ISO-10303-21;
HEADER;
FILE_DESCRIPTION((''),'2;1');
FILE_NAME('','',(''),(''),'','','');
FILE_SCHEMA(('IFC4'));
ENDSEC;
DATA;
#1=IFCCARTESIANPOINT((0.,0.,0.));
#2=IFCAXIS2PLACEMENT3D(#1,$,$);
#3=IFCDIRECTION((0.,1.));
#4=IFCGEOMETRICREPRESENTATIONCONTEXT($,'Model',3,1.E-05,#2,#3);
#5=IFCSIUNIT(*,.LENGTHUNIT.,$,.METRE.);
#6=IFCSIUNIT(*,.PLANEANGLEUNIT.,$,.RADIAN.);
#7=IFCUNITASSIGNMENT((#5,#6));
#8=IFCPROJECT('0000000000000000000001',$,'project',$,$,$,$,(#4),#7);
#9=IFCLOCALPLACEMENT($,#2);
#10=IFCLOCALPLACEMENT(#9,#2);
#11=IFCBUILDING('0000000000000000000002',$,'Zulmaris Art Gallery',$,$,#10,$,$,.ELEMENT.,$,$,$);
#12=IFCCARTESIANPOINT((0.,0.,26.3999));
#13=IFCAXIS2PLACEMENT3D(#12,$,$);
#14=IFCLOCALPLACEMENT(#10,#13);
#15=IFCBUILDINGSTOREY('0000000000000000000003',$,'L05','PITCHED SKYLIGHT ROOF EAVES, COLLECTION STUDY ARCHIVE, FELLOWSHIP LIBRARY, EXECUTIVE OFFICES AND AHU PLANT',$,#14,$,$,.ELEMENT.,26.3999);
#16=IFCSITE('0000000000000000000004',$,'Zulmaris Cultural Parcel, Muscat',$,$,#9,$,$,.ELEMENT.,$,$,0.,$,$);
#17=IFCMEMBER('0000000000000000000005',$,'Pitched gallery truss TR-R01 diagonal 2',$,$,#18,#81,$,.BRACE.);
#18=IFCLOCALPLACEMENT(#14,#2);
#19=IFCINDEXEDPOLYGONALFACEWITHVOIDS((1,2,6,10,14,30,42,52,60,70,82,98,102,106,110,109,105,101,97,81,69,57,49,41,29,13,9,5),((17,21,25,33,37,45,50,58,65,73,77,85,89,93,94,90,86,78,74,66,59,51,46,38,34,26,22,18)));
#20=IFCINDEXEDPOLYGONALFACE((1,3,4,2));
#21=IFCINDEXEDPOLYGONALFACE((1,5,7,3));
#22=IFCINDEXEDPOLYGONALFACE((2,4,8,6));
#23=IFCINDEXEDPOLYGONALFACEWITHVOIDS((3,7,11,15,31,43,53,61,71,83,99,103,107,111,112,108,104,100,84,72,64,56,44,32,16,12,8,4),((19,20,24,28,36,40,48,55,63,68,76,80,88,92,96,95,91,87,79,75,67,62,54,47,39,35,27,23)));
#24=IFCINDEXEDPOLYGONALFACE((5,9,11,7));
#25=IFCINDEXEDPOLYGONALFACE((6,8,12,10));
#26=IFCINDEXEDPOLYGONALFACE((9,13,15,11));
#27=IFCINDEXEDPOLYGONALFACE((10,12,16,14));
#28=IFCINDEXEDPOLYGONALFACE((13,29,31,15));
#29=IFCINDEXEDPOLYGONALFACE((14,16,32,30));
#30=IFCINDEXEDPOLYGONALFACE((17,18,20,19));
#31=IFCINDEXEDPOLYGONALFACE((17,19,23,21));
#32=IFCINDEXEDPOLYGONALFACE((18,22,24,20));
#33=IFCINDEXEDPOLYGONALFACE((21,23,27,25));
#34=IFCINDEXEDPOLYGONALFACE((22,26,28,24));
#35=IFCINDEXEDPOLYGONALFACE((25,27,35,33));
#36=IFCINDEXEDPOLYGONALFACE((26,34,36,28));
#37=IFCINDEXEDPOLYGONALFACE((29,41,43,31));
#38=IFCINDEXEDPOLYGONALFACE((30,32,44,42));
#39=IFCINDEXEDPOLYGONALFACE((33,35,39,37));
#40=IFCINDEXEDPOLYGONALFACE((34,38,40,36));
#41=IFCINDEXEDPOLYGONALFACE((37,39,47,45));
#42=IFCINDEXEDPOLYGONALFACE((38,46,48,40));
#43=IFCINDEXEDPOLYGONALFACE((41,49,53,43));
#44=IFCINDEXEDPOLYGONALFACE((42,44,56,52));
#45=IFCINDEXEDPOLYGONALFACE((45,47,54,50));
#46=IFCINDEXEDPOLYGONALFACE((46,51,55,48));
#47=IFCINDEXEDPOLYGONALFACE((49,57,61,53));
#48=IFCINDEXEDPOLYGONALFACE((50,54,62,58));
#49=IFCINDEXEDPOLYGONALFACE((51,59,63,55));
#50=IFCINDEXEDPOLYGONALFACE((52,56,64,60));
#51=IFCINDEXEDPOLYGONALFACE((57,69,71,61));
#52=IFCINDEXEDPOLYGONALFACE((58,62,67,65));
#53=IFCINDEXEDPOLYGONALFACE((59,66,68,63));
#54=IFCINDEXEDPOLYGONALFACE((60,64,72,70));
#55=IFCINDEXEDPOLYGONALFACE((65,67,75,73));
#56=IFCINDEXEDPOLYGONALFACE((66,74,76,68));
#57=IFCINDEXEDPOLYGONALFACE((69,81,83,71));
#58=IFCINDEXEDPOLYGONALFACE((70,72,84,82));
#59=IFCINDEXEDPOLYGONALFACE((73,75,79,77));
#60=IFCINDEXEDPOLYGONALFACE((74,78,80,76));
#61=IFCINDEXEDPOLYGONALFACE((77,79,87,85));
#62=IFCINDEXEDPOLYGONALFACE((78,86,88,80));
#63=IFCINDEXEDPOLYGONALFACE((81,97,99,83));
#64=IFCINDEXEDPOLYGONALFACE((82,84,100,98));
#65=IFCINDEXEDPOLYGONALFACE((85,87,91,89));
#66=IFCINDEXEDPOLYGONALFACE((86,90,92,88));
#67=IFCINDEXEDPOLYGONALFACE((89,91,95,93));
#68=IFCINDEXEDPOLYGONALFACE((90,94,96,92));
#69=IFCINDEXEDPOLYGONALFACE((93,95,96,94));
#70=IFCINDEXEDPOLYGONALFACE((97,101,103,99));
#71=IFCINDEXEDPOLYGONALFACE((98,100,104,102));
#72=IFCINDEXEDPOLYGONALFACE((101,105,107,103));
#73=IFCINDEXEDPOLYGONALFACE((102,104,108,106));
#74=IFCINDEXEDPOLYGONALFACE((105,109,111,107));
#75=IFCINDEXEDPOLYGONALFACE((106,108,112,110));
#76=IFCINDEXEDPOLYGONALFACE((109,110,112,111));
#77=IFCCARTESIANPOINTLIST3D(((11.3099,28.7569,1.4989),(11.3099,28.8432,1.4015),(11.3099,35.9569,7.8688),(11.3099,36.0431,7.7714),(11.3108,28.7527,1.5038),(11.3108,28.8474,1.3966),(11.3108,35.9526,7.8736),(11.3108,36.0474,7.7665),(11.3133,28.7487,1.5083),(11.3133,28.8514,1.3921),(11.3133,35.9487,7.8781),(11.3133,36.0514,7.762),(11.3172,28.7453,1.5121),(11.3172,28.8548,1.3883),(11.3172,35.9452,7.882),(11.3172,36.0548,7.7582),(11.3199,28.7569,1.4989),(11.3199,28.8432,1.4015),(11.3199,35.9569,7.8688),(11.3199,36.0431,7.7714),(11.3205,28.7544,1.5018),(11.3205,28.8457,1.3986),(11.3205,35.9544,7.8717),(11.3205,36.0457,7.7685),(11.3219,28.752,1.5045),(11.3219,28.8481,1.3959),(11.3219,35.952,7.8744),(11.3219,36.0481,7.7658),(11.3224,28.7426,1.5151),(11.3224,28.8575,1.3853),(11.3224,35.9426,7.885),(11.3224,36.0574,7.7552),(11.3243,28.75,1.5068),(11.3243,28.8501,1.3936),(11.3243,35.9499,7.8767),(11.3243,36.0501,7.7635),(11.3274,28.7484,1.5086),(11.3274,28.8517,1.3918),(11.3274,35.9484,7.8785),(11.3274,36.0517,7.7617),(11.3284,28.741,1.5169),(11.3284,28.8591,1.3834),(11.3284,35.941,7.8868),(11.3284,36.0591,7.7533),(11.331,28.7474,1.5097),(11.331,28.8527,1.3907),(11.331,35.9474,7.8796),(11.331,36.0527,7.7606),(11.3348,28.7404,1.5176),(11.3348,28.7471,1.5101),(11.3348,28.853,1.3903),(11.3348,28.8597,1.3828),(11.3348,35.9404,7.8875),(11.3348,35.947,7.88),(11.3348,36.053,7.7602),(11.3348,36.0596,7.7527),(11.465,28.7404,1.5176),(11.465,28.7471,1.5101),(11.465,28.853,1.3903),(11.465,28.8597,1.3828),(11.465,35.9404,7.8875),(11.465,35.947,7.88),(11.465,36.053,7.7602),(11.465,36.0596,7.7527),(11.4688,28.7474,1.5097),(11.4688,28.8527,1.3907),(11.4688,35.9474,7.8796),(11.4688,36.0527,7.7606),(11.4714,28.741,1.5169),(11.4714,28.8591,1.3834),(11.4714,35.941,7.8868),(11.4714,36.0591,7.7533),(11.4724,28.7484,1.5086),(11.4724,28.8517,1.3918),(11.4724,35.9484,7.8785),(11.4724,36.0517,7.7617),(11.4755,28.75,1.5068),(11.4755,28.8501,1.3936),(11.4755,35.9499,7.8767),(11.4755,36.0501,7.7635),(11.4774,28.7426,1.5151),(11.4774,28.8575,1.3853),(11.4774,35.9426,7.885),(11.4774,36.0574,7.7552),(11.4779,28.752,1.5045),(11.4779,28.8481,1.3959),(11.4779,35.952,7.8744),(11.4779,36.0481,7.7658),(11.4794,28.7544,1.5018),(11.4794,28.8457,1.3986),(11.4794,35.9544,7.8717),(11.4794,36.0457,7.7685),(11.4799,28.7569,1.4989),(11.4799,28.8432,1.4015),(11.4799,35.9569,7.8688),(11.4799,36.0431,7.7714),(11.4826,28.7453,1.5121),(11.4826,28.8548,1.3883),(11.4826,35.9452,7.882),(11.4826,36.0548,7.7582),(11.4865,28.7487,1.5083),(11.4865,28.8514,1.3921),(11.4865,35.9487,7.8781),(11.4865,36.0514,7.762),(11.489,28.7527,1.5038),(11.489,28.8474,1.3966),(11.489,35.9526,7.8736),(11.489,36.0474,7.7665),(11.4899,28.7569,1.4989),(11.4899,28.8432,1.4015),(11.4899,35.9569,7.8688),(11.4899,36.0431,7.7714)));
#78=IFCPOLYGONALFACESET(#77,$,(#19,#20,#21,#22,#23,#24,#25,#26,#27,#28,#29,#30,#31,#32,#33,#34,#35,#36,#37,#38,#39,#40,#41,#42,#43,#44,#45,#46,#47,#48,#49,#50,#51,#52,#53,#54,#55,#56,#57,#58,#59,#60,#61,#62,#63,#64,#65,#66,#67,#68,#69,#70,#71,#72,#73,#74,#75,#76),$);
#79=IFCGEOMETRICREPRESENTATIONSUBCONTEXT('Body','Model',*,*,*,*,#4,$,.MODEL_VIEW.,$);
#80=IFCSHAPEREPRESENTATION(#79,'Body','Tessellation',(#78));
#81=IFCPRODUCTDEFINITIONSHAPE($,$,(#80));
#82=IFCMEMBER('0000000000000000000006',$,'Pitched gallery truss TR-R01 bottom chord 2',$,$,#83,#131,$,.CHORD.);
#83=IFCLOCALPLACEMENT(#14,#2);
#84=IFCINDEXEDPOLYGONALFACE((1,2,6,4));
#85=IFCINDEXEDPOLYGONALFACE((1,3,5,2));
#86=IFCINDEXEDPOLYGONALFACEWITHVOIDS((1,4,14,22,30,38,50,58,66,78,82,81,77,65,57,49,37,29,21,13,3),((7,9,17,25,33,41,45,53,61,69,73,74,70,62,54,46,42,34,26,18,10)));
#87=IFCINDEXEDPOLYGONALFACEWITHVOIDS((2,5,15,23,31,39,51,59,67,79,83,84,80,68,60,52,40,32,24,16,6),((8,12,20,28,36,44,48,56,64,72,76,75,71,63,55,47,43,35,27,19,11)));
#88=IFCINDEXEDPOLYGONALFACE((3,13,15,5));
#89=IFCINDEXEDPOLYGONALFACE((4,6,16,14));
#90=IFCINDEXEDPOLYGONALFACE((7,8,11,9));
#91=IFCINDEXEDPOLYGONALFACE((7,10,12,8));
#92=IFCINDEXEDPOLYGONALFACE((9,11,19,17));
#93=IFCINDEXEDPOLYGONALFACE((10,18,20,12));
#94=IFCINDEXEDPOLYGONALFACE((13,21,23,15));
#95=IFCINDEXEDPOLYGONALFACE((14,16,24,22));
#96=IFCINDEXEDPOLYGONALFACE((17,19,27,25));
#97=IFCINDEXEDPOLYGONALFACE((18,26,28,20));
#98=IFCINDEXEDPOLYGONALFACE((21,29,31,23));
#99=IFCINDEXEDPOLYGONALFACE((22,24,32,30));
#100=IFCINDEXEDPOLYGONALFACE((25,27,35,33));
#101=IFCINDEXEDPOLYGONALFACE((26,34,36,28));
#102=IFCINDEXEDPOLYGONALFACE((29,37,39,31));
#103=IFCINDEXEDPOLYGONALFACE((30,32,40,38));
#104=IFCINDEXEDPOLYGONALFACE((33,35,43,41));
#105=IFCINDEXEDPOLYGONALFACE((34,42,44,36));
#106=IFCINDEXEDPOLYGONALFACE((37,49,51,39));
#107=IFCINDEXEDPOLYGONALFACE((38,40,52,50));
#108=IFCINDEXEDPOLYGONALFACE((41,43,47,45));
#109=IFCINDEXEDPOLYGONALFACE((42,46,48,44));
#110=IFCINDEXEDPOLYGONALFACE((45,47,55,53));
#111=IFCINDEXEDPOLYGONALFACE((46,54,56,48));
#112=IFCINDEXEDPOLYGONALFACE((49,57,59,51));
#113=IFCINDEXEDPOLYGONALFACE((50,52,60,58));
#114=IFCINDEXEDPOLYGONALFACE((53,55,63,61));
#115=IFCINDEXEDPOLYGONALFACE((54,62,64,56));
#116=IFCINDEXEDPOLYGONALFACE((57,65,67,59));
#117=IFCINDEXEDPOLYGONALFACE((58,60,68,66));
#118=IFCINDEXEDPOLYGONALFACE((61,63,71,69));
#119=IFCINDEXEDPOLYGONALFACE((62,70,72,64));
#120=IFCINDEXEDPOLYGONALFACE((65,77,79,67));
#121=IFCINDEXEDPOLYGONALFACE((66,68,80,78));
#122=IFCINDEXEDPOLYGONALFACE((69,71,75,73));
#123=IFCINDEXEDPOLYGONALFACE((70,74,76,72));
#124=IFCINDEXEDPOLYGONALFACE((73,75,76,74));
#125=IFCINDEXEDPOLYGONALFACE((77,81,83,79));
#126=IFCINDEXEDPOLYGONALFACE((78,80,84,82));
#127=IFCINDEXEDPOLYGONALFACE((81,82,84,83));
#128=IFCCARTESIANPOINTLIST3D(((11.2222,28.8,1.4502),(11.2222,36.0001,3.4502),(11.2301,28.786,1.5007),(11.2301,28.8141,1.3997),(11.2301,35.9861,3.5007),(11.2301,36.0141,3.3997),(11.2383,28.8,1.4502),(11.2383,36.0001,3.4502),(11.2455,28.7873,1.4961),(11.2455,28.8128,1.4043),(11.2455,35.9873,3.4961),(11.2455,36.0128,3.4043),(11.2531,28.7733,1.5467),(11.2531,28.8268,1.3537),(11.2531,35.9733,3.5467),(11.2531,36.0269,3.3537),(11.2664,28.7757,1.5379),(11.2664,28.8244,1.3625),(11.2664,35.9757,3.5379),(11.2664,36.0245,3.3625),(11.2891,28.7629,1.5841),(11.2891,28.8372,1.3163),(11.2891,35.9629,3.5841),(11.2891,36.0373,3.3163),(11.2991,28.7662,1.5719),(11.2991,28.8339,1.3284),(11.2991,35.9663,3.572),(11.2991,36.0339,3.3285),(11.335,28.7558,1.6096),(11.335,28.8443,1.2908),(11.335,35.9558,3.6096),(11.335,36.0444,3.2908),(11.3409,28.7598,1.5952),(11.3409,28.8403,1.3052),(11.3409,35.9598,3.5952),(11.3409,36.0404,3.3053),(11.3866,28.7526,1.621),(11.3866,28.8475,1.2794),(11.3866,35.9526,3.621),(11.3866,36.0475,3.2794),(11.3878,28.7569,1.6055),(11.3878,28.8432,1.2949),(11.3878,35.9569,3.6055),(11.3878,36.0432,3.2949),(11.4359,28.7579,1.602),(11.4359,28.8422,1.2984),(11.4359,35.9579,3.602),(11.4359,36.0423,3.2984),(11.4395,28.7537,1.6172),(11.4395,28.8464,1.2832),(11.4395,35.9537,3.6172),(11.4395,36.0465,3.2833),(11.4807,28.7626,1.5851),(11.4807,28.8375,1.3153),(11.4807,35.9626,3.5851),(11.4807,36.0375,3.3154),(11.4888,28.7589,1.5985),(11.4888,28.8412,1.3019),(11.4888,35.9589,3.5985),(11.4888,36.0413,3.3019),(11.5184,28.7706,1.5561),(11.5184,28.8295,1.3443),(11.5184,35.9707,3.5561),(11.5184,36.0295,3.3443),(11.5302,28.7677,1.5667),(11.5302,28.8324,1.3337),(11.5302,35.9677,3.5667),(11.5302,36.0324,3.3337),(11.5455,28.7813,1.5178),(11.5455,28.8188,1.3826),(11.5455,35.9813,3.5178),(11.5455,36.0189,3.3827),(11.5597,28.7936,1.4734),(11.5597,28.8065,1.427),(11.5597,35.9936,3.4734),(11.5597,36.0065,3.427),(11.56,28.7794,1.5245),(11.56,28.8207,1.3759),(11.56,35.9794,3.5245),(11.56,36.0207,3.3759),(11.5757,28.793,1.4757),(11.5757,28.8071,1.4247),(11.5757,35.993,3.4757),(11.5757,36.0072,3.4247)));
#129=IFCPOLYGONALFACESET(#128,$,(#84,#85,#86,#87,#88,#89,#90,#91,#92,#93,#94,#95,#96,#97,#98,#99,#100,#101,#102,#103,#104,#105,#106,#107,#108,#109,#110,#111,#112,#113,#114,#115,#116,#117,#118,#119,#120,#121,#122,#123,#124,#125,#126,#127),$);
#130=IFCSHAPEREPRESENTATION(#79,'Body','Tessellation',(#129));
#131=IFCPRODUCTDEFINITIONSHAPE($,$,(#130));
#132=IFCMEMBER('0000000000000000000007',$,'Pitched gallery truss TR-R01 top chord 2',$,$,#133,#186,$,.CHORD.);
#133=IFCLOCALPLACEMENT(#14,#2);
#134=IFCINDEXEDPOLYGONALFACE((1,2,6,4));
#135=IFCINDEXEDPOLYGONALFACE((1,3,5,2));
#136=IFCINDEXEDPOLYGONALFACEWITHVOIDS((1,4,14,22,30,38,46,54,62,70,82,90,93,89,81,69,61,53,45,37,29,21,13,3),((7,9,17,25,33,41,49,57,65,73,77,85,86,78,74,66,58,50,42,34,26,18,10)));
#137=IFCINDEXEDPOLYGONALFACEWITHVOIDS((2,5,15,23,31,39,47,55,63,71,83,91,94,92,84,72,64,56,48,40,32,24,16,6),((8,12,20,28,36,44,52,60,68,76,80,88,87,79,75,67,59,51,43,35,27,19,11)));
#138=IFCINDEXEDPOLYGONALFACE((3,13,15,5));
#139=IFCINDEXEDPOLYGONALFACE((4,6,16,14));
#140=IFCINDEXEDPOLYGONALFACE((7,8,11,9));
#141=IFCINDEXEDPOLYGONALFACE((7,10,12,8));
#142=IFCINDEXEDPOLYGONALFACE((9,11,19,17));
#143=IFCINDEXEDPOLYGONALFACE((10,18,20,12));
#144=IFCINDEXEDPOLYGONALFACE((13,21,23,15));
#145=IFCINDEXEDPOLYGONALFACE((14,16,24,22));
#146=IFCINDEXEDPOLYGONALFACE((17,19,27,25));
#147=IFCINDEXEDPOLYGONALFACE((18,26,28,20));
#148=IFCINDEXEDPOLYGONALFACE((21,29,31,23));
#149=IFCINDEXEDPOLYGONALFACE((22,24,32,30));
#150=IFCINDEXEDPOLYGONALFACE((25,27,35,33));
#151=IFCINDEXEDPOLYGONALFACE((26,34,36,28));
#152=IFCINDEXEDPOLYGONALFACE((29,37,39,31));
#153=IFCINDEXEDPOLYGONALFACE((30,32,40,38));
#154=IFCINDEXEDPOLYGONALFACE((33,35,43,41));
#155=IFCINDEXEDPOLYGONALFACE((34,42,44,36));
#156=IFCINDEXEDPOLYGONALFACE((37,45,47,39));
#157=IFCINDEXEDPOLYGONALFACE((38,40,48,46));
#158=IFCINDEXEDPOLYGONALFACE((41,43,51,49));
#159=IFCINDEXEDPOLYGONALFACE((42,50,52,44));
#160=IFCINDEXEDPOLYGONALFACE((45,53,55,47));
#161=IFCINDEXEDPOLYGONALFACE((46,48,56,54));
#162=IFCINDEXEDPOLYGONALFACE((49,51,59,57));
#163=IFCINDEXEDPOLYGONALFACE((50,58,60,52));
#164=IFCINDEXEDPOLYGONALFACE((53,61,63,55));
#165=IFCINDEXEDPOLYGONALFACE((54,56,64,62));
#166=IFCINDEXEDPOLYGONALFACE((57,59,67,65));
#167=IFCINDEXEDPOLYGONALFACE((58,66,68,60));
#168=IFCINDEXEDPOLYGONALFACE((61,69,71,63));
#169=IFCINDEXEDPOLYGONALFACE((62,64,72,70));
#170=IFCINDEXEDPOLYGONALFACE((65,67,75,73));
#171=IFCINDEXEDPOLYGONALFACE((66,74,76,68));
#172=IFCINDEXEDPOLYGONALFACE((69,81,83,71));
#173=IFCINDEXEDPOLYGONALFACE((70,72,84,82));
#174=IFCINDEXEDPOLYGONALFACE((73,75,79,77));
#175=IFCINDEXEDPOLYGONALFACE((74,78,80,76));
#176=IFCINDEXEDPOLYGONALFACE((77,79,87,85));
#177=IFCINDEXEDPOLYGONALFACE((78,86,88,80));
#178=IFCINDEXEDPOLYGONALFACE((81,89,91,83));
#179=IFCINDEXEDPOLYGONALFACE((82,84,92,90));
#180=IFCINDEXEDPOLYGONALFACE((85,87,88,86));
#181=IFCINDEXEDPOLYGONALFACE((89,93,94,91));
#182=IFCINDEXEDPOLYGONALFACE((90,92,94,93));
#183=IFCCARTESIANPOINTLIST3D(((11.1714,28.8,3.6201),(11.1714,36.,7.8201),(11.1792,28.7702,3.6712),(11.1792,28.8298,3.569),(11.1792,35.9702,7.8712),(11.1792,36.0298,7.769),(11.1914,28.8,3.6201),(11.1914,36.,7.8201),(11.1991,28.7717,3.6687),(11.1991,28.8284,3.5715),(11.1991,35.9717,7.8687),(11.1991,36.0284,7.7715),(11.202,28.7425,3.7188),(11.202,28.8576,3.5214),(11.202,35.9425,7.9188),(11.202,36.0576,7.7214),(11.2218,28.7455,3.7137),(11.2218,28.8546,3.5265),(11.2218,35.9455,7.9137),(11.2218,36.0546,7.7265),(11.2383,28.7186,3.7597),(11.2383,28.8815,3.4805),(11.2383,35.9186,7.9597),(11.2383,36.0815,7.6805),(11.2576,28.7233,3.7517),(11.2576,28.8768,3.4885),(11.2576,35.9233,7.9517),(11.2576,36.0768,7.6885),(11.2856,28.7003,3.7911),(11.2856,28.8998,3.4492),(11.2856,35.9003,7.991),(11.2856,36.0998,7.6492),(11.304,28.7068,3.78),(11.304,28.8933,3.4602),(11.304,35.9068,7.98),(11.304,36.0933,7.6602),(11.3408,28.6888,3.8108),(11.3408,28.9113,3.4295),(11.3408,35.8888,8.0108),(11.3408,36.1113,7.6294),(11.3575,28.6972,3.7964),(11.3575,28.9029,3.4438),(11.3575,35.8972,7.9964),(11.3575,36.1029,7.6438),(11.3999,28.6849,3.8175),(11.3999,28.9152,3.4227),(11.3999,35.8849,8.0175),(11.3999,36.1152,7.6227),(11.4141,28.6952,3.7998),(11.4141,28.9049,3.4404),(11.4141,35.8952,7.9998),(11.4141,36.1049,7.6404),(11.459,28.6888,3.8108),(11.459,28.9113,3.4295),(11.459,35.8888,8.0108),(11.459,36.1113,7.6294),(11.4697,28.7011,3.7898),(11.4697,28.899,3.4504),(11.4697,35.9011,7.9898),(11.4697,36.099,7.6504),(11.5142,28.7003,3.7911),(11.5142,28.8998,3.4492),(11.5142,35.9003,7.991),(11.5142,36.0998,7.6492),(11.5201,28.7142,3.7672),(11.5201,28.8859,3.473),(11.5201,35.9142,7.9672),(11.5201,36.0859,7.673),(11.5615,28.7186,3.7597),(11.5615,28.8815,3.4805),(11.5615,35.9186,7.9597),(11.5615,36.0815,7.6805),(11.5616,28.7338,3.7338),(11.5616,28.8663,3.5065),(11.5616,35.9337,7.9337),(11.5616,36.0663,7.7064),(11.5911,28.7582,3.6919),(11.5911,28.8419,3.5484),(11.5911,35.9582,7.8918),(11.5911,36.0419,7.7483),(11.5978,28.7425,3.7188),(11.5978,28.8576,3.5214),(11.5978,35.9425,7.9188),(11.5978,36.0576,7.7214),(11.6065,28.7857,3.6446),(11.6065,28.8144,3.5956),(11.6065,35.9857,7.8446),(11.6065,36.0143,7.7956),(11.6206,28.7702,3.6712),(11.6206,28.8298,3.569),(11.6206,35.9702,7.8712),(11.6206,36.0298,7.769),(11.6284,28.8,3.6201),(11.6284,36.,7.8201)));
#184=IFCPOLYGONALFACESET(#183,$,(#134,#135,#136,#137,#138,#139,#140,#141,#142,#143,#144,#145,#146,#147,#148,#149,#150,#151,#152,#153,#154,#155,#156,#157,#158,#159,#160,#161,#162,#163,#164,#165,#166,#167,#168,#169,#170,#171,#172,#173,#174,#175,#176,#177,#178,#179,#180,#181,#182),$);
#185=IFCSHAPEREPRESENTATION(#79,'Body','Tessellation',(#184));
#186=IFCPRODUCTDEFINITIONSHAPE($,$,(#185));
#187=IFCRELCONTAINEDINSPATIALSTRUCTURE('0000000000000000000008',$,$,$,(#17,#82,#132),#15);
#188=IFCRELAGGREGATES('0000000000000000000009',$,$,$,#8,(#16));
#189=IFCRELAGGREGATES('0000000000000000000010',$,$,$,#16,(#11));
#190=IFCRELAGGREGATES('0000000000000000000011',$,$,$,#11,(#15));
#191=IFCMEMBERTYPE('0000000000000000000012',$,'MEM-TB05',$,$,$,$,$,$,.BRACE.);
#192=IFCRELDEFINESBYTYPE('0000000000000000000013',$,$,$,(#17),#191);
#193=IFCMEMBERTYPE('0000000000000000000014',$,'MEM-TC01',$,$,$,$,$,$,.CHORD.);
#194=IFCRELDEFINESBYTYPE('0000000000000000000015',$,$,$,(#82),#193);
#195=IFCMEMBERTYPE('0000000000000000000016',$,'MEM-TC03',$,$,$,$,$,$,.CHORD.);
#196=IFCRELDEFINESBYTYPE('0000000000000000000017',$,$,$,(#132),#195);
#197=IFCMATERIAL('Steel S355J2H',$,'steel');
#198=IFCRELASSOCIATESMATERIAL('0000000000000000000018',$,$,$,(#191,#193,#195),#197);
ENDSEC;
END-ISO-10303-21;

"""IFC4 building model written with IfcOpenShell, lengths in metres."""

from ifc_helpers import new_model, si_unit, direction, frame, origin, origin_2d, place, context, subcontext, project, spatial, hollow_rectangle, hollow_circle, extrude, material, material_profile, profile_set, type_object, element, save


model = new_model("IFC4")

# Units and contexts
model_context = context("Model", 3, precision=1e-05, world=origin(), true_north=direction((0.0, 1.0)))
body_context = subcontext(model_context, "Body", "Model", "MODEL_VIEW")
ifc_project = project(units=[si_unit("LENGTHUNIT", "METRE"), si_unit("PLANEANGLEUNIT", "RADIAN")], contexts=[model_context])

# Site, building, storey
site_placement = place(None, origin())
site = spatial("IfcSite", under=ifc_project, at=site_placement, Name="Zulmaris Cultural Parcel, Muscat", CompositionType="ELEMENT", RefElevation=0.0)
building_placement = place(site_placement, origin())
building = spatial("IfcBuilding", under=site, at=building_placement, Name="Zulmaris Art Gallery", CompositionType="ELEMENT")
storey_placement = place(building_placement, frame((0.0, 0.0, 26.3999)))
storey = spatial("IfcBuildingStorey", under=building, at=storey_placement, Name="L05", Description="PITCHED SKYLIGHT ROOF EAVES, COLLECTION STUDY ARCHIVE, FELLOWSHIP LIBRARY, EXECUTIVE OFFICES AND AHU PLANT", CompositionType="ELEMENT", Elevation=26.3999)

# Members
ifc_material_1 = material(Name="Steel S355J2H", Category="steel")
ifc_material_profile_1 = material_profile(ifc_material_1, hollow_rectangle(XDim=0.1799, YDim=0.1799, WallThickness=0.01, InnerFilletRadius=0.0149, OuterFilletRadius=0.0249, at=origin_2d()), Name="SHS 180x180x10")
ifc_profile_set_1 = profile_set([ifc_material_profile_1], Name="Steel S355J2H")
member_type_1 = type_object("IfcMemberType", Name="MEM-TB05", PredefinedType="BRACE", material=ifc_profile_set_1)
member_1_placement = place(storey_placement, frame((11.3999, 28.8, 1.4502), z_axis=(0.0, 0.748961, 0.662614), x_axis=(-1.0, 0.0, 0.0)))
element("IfcMember", 1, at=member_1_placement, inside=storey, type_object=member_type_1, Name="Pitched gallery truss TR-R01 diagonal 2", PredefinedType="BRACE", context=body_context, shape_type="SweptSolid", body=[
    extrude(hollow_rectangle(XDim=0.1799, YDim=0.1799, WallThickness=0.01, InnerFilletRadius=0.0149, OuterFilletRadius=0.0249, at=origin_2d()), origin(), (0.0, 0.0, 1.0), 9.6133),
])
ifc_material_profile_2 = material_profile(ifc_material_1, hollow_circle(Radius=0.1777, WallThickness=0.0161, at=origin_2d()), Name="CHS 355.6x16")
ifc_profile_set_2 = profile_set([ifc_material_profile_2], Name="Steel S355J2H")
member_type_2 = type_object("IfcMemberType", Name="MEM-TC01", PredefinedType="CHORD", material=ifc_profile_set_2)
member_2_placement = place(storey_placement, frame((11.3999, 28.8, 1.4502), z_axis=(0.0, 0.963517, 0.267646), x_axis=(-1.0, 0.0, 0.0)))
element("IfcMember", 2, at=member_2_placement, inside=storey, type_object=member_type_2, Name="Pitched gallery truss TR-R01 bottom chord 2", PredefinedType="CHORD", context=body_context, shape_type="SweptSolid", body=[
    extrude(hollow_circle(Radius=0.1777, WallThickness=0.0161, at=origin_2d()), origin(), (0.0, 0.0, 1.0), 7.4727),
])
ifc_material_profile_3 = material_profile(ifc_material_1, hollow_circle(Radius=0.2285, WallThickness=0.02, at=origin_2d()), Name="CHS 457x20")
ifc_profile_set_3 = profile_set([ifc_material_profile_3], Name="Steel S355J2H")
member_type_3 = type_object("IfcMemberType", Name="MEM-TC03", PredefinedType="CHORD", material=ifc_profile_set_3)
member_3_placement = place(storey_placement, frame((11.3999, 28.8, 3.6201), z_axis=(0.0, 0.86378, 0.503869), x_axis=(-1.0, 0.0, 0.0)))
element("IfcMember", 3, at=member_3_placement, inside=storey, type_object=member_type_3, Name="Pitched gallery truss TR-R01 top chord 2", PredefinedType="CHORD", context=body_context, shape_type="SweptSolid", body=[
    extrude(hollow_circle(Radius=0.2285, WallThickness=0.02, at=origin_2d()), origin(), (0.0, 0.0, 1.0), 8.3354),
])

save(model, "model.ifc")
